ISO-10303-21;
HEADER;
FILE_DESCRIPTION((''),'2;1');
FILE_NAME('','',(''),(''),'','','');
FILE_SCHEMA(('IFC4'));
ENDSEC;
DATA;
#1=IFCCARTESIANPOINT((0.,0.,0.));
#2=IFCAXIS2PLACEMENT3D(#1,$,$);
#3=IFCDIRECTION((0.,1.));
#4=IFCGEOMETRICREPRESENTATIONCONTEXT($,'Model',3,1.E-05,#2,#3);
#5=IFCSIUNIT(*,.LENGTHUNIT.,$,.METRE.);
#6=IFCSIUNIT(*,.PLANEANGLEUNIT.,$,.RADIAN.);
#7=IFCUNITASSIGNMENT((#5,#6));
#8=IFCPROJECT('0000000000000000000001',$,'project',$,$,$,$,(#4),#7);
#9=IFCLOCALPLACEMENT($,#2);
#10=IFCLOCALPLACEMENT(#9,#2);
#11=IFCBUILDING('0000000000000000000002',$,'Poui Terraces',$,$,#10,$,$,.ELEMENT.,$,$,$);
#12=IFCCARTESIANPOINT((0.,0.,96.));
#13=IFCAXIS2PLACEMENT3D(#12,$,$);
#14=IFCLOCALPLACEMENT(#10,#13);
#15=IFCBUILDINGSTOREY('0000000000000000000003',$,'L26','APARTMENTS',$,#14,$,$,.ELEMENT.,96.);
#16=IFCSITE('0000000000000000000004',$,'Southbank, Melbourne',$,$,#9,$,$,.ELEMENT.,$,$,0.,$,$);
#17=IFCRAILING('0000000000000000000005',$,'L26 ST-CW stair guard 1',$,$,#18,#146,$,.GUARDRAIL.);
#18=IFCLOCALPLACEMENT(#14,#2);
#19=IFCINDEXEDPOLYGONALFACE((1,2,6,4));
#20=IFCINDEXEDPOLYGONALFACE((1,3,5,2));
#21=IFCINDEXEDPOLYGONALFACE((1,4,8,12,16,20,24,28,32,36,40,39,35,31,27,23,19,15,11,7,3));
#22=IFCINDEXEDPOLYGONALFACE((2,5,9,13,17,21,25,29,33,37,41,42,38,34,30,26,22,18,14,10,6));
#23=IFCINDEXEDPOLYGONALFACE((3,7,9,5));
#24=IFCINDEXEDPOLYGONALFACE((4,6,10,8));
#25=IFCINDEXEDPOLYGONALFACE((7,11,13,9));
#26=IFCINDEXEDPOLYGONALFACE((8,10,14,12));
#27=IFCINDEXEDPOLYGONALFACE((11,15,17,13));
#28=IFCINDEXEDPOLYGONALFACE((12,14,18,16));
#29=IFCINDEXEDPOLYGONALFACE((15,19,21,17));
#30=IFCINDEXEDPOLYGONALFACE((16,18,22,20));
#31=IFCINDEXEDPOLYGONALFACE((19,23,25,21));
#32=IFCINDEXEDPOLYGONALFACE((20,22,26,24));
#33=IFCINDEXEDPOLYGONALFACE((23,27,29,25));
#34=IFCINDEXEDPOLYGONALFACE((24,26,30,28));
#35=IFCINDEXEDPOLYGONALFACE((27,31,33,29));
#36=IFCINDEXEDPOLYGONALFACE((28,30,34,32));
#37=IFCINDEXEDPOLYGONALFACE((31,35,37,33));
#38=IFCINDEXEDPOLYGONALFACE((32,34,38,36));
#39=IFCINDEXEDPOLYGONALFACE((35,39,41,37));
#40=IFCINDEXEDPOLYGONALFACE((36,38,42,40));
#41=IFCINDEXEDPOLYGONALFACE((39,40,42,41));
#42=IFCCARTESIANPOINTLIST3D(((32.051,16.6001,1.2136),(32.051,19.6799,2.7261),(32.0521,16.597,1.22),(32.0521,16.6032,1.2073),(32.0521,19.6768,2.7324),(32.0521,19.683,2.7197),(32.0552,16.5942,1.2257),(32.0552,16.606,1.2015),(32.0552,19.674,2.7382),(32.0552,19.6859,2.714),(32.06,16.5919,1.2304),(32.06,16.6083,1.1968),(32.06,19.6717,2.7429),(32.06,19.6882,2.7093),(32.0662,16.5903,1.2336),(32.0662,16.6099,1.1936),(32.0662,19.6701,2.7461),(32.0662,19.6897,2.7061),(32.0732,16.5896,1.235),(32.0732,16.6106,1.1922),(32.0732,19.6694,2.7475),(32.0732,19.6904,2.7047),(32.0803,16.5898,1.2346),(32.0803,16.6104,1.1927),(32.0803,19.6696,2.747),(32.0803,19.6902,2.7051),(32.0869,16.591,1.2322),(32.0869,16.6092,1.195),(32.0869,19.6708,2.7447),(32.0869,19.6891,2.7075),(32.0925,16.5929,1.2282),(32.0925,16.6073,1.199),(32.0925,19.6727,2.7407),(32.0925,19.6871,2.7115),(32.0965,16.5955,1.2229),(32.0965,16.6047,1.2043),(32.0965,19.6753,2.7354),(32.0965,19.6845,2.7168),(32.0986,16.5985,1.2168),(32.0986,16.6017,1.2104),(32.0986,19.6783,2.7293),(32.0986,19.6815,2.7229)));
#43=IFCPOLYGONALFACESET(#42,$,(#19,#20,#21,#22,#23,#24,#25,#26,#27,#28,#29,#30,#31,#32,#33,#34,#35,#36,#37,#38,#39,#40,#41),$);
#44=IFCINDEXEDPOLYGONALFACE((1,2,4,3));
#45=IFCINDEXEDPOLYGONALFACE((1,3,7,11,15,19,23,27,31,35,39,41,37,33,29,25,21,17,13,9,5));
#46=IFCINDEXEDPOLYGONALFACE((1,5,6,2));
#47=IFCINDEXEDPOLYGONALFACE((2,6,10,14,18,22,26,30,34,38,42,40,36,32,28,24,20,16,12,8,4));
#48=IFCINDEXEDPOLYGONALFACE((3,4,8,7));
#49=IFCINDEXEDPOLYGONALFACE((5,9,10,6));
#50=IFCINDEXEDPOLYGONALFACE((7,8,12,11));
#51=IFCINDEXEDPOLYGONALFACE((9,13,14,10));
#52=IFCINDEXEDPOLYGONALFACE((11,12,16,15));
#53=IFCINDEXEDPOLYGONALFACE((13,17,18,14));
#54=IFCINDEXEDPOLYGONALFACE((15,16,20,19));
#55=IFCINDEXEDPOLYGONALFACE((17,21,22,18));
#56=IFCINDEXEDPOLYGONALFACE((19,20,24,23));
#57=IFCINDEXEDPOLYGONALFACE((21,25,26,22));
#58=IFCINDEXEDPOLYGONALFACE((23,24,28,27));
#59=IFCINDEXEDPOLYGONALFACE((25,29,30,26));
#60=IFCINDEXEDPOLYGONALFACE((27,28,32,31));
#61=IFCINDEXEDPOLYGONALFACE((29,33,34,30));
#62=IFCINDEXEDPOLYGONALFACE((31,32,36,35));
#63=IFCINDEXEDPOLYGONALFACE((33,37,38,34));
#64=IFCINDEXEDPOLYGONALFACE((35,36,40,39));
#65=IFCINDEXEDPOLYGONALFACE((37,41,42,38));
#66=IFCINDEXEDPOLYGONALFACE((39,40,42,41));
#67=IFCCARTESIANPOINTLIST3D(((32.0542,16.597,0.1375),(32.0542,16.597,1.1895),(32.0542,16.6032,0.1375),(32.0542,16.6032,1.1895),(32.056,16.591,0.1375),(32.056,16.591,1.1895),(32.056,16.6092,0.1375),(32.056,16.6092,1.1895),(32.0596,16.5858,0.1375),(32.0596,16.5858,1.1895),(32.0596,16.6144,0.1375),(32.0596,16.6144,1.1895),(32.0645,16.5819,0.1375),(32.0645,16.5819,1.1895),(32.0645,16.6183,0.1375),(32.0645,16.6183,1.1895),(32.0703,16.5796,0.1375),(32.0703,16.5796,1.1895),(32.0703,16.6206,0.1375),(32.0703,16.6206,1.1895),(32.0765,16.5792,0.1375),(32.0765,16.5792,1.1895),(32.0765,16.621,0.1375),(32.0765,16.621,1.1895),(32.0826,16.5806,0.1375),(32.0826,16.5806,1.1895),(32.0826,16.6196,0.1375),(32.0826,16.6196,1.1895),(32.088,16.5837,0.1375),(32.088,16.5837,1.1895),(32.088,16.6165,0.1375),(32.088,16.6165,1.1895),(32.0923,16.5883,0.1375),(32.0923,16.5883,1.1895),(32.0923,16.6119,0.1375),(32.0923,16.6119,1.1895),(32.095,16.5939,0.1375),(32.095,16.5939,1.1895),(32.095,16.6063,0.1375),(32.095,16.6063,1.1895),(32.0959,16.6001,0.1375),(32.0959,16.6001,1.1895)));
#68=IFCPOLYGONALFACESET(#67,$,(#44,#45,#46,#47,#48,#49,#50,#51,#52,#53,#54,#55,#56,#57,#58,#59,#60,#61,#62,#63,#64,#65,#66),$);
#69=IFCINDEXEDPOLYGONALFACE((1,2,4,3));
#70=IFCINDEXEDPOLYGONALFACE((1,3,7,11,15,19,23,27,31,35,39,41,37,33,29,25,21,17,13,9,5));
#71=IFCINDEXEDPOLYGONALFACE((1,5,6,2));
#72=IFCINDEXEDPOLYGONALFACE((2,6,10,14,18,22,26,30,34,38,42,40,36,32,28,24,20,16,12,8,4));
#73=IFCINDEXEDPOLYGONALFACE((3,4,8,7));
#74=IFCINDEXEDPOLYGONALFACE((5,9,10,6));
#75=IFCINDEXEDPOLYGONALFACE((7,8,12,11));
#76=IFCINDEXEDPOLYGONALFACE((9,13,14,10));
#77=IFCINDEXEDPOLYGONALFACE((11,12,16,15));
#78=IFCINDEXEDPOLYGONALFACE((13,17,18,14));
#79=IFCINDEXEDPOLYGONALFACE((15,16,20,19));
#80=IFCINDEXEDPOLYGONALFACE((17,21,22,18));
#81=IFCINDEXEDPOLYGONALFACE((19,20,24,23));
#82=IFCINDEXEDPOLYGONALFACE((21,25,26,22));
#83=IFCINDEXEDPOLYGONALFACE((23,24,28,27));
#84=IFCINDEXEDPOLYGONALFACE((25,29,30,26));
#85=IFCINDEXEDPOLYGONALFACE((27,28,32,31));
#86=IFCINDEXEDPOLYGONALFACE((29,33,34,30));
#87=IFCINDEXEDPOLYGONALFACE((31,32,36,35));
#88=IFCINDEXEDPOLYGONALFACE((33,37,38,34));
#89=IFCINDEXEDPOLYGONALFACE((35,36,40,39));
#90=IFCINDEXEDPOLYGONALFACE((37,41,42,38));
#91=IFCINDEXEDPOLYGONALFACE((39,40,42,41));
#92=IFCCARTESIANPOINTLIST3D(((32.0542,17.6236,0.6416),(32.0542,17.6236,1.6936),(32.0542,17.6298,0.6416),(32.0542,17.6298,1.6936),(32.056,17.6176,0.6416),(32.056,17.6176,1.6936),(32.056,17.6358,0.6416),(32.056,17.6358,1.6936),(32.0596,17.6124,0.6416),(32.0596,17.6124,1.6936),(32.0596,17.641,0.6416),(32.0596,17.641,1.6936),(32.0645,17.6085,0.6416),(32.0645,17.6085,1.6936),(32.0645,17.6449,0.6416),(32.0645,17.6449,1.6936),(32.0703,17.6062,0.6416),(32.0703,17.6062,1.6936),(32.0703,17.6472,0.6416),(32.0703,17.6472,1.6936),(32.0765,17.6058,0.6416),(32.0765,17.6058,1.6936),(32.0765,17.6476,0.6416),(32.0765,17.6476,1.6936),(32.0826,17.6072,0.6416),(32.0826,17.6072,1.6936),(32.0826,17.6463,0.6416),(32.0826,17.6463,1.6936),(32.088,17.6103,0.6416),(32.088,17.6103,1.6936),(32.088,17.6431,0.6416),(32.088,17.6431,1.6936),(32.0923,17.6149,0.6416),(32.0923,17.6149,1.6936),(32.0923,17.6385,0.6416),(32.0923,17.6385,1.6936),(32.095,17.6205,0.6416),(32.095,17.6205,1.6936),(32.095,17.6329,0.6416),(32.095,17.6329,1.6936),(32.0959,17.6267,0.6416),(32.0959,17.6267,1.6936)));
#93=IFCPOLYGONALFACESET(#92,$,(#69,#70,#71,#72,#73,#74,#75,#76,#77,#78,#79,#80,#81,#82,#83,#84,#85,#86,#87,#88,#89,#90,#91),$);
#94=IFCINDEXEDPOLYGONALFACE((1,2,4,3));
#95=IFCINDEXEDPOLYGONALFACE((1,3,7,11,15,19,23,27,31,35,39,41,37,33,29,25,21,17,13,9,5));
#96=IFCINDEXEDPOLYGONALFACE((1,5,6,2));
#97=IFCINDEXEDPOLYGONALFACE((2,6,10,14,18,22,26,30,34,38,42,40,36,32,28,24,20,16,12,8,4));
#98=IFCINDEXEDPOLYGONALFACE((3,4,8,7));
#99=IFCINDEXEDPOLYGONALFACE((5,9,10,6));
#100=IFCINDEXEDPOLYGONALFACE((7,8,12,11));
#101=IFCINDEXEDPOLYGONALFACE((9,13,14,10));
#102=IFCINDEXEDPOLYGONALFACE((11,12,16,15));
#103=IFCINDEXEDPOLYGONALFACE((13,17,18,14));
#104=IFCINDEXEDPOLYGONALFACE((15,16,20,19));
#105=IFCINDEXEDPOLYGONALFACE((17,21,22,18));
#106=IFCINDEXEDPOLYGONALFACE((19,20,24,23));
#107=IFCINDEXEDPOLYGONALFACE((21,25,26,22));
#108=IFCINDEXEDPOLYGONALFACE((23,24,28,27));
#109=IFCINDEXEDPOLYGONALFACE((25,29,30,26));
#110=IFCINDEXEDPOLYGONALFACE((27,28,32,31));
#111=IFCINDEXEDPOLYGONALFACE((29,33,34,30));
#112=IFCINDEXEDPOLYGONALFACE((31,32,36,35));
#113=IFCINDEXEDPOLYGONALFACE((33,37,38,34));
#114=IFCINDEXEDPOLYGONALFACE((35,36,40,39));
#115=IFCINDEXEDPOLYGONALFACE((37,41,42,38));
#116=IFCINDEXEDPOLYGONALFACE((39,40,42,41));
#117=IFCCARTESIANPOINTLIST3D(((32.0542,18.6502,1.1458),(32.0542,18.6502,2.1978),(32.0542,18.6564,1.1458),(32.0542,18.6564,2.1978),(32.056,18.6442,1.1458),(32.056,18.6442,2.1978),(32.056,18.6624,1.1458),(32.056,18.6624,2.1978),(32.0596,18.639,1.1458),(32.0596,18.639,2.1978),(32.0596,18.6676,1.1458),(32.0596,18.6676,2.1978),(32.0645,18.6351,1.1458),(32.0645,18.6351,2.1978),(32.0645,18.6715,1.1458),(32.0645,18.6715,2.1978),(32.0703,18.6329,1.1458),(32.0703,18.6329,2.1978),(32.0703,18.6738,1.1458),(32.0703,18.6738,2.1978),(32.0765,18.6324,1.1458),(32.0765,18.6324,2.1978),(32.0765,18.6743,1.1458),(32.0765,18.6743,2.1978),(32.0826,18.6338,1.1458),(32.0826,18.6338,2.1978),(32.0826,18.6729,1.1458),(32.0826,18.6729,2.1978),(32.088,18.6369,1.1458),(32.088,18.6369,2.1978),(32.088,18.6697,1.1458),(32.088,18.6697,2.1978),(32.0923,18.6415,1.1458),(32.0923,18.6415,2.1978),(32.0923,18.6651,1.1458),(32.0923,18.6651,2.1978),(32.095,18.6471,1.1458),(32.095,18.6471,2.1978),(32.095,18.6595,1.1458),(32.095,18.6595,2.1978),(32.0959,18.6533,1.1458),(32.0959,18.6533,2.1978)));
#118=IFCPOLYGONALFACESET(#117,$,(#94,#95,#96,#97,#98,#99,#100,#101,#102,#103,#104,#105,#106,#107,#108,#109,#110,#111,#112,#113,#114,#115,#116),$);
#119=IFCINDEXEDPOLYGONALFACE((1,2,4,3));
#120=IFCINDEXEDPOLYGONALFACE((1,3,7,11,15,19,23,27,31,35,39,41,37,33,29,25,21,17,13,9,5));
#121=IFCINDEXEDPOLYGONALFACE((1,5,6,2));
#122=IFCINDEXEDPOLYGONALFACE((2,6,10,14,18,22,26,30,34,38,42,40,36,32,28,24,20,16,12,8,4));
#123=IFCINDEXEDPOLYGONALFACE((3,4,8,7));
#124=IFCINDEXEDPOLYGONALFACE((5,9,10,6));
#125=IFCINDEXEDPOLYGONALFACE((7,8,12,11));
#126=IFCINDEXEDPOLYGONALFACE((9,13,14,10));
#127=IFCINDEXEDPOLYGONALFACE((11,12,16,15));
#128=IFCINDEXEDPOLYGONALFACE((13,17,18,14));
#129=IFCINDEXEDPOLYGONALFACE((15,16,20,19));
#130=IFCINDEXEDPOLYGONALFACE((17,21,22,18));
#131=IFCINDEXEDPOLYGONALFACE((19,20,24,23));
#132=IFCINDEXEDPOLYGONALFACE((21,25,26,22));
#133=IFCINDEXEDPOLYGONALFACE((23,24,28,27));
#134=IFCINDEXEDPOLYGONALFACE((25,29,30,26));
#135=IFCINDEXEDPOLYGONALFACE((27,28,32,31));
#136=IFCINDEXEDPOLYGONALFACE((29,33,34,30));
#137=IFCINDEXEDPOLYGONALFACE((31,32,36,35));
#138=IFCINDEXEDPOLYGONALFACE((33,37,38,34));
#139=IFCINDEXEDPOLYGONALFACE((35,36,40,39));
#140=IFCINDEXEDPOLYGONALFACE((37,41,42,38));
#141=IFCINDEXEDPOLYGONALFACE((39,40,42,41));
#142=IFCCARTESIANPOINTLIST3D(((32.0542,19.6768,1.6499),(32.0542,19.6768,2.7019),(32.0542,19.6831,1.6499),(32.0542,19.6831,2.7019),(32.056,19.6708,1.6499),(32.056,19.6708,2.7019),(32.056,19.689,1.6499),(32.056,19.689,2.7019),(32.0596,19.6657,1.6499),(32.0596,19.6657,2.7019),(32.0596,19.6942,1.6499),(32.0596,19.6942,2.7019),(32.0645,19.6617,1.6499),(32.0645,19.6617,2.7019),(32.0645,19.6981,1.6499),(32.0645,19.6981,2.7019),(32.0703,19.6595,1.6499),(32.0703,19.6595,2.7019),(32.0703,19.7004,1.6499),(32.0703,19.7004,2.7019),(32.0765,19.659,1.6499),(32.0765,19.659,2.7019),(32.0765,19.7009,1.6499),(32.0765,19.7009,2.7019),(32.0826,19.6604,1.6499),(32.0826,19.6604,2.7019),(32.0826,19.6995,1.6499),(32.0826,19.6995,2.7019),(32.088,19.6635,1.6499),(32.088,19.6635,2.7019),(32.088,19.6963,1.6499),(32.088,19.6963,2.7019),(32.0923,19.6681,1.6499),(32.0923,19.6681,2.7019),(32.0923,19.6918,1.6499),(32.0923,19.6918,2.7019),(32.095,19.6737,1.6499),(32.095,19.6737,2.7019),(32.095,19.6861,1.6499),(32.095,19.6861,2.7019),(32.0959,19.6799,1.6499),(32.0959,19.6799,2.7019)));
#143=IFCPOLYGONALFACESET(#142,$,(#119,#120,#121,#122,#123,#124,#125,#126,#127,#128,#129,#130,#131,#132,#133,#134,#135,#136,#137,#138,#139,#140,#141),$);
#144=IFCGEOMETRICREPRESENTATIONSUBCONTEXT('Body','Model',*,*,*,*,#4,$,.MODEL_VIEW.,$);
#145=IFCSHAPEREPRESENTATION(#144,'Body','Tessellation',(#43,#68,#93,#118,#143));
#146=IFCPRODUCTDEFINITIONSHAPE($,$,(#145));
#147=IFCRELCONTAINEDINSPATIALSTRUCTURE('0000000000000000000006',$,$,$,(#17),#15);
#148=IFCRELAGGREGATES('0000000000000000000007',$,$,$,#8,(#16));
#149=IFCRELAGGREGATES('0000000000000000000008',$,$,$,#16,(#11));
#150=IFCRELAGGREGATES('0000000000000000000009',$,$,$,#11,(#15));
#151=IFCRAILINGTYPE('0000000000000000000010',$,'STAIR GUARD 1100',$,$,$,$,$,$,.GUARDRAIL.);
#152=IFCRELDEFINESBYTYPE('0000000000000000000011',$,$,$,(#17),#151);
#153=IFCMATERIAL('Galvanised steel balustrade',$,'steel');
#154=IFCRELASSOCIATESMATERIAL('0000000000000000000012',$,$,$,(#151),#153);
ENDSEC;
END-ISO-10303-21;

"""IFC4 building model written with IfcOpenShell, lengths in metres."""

from ifc_helpers import new_model, si_unit, direction, frame, origin, origin_2d, place, context, subcontext, project, spatial, circle, extrude, material, type_object, element, save


model = new_model("IFC4")

# Units and contexts
model_context = context("Model", 3, precision=1e-05, world=origin(), true_north=direction((0.0, 1.0)))
body_context = subcontext(model_context, "Body", "Model", "MODEL_VIEW")
ifc_project = project(units=[si_unit("LENGTHUNIT", "METRE"), si_unit("PLANEANGLEUNIT", "RADIAN")], contexts=[model_context])

# Site, building, storey
site_placement = place(None, origin())
site = spatial("IfcSite", under=ifc_project, at=site_placement, Name="Southbank, Melbourne", CompositionType="ELEMENT", RefElevation=0.0)
building_placement = place(site_placement, origin())
building = spatial("IfcBuilding", under=site, at=building_placement, Name="Poui Terraces", CompositionType="ELEMENT")
storey_placement = place(building_placement, frame((0.0, 0.0, 96.0)))
storey = spatial("IfcBuildingStorey", under=building, at=storey_placement, Name="L26", Description="APARTMENTS", CompositionType="ELEMENT", Elevation=96.0)

# Railing
ifc_material_1 = material(Name="Galvanised steel balustrade", Category="steel")
railing_type_1 = type_object("IfcRailingType", Name="STAIR GUARD 1100", PredefinedType="GUARDRAIL", material=ifc_material_1)
railing_1_placement = place(storey_placement, frame((32.075, 16.6001, 0.1375)))
element("IfcRailing", 1, at=railing_1_placement, inside=storey, type_object=railing_type_1, Name="L26 ST-CW stair guard 1", PredefinedType="GUARDRAIL", context=body_context, shape_type="SweptSolid", body=[
    extrude(circle(Radius=0.0239, at=origin_2d()), frame((0.0, 0.0, 1.0762), z_axis=(0.0, 0.897606, 0.440798), x_axis=(-1.0, 0.0, 0.0)), (0.0, 0.0, 1.0), 3.4312),
    extrude(circle(Radius=0.021, at=origin_2d()), origin(), (0.0, 0.0, 1.0), 1.052),
    extrude(circle(Radius=0.021, at=origin_2d()), frame((0.0, 1.0266, 0.5042)), (0.0, 0.0, 1.0), 1.052),
    extrude(circle(Radius=0.021, at=origin_2d()), frame((0.0, 2.0532, 1.0083)), (0.0, 0.0, 1.0), 1.052),
    extrude(circle(Radius=0.021, at=origin_2d()), frame((0.0, 3.0798, 1.5125)), (0.0, 0.0, 1.0), 1.052),
])

save(model, "model.ifc")
